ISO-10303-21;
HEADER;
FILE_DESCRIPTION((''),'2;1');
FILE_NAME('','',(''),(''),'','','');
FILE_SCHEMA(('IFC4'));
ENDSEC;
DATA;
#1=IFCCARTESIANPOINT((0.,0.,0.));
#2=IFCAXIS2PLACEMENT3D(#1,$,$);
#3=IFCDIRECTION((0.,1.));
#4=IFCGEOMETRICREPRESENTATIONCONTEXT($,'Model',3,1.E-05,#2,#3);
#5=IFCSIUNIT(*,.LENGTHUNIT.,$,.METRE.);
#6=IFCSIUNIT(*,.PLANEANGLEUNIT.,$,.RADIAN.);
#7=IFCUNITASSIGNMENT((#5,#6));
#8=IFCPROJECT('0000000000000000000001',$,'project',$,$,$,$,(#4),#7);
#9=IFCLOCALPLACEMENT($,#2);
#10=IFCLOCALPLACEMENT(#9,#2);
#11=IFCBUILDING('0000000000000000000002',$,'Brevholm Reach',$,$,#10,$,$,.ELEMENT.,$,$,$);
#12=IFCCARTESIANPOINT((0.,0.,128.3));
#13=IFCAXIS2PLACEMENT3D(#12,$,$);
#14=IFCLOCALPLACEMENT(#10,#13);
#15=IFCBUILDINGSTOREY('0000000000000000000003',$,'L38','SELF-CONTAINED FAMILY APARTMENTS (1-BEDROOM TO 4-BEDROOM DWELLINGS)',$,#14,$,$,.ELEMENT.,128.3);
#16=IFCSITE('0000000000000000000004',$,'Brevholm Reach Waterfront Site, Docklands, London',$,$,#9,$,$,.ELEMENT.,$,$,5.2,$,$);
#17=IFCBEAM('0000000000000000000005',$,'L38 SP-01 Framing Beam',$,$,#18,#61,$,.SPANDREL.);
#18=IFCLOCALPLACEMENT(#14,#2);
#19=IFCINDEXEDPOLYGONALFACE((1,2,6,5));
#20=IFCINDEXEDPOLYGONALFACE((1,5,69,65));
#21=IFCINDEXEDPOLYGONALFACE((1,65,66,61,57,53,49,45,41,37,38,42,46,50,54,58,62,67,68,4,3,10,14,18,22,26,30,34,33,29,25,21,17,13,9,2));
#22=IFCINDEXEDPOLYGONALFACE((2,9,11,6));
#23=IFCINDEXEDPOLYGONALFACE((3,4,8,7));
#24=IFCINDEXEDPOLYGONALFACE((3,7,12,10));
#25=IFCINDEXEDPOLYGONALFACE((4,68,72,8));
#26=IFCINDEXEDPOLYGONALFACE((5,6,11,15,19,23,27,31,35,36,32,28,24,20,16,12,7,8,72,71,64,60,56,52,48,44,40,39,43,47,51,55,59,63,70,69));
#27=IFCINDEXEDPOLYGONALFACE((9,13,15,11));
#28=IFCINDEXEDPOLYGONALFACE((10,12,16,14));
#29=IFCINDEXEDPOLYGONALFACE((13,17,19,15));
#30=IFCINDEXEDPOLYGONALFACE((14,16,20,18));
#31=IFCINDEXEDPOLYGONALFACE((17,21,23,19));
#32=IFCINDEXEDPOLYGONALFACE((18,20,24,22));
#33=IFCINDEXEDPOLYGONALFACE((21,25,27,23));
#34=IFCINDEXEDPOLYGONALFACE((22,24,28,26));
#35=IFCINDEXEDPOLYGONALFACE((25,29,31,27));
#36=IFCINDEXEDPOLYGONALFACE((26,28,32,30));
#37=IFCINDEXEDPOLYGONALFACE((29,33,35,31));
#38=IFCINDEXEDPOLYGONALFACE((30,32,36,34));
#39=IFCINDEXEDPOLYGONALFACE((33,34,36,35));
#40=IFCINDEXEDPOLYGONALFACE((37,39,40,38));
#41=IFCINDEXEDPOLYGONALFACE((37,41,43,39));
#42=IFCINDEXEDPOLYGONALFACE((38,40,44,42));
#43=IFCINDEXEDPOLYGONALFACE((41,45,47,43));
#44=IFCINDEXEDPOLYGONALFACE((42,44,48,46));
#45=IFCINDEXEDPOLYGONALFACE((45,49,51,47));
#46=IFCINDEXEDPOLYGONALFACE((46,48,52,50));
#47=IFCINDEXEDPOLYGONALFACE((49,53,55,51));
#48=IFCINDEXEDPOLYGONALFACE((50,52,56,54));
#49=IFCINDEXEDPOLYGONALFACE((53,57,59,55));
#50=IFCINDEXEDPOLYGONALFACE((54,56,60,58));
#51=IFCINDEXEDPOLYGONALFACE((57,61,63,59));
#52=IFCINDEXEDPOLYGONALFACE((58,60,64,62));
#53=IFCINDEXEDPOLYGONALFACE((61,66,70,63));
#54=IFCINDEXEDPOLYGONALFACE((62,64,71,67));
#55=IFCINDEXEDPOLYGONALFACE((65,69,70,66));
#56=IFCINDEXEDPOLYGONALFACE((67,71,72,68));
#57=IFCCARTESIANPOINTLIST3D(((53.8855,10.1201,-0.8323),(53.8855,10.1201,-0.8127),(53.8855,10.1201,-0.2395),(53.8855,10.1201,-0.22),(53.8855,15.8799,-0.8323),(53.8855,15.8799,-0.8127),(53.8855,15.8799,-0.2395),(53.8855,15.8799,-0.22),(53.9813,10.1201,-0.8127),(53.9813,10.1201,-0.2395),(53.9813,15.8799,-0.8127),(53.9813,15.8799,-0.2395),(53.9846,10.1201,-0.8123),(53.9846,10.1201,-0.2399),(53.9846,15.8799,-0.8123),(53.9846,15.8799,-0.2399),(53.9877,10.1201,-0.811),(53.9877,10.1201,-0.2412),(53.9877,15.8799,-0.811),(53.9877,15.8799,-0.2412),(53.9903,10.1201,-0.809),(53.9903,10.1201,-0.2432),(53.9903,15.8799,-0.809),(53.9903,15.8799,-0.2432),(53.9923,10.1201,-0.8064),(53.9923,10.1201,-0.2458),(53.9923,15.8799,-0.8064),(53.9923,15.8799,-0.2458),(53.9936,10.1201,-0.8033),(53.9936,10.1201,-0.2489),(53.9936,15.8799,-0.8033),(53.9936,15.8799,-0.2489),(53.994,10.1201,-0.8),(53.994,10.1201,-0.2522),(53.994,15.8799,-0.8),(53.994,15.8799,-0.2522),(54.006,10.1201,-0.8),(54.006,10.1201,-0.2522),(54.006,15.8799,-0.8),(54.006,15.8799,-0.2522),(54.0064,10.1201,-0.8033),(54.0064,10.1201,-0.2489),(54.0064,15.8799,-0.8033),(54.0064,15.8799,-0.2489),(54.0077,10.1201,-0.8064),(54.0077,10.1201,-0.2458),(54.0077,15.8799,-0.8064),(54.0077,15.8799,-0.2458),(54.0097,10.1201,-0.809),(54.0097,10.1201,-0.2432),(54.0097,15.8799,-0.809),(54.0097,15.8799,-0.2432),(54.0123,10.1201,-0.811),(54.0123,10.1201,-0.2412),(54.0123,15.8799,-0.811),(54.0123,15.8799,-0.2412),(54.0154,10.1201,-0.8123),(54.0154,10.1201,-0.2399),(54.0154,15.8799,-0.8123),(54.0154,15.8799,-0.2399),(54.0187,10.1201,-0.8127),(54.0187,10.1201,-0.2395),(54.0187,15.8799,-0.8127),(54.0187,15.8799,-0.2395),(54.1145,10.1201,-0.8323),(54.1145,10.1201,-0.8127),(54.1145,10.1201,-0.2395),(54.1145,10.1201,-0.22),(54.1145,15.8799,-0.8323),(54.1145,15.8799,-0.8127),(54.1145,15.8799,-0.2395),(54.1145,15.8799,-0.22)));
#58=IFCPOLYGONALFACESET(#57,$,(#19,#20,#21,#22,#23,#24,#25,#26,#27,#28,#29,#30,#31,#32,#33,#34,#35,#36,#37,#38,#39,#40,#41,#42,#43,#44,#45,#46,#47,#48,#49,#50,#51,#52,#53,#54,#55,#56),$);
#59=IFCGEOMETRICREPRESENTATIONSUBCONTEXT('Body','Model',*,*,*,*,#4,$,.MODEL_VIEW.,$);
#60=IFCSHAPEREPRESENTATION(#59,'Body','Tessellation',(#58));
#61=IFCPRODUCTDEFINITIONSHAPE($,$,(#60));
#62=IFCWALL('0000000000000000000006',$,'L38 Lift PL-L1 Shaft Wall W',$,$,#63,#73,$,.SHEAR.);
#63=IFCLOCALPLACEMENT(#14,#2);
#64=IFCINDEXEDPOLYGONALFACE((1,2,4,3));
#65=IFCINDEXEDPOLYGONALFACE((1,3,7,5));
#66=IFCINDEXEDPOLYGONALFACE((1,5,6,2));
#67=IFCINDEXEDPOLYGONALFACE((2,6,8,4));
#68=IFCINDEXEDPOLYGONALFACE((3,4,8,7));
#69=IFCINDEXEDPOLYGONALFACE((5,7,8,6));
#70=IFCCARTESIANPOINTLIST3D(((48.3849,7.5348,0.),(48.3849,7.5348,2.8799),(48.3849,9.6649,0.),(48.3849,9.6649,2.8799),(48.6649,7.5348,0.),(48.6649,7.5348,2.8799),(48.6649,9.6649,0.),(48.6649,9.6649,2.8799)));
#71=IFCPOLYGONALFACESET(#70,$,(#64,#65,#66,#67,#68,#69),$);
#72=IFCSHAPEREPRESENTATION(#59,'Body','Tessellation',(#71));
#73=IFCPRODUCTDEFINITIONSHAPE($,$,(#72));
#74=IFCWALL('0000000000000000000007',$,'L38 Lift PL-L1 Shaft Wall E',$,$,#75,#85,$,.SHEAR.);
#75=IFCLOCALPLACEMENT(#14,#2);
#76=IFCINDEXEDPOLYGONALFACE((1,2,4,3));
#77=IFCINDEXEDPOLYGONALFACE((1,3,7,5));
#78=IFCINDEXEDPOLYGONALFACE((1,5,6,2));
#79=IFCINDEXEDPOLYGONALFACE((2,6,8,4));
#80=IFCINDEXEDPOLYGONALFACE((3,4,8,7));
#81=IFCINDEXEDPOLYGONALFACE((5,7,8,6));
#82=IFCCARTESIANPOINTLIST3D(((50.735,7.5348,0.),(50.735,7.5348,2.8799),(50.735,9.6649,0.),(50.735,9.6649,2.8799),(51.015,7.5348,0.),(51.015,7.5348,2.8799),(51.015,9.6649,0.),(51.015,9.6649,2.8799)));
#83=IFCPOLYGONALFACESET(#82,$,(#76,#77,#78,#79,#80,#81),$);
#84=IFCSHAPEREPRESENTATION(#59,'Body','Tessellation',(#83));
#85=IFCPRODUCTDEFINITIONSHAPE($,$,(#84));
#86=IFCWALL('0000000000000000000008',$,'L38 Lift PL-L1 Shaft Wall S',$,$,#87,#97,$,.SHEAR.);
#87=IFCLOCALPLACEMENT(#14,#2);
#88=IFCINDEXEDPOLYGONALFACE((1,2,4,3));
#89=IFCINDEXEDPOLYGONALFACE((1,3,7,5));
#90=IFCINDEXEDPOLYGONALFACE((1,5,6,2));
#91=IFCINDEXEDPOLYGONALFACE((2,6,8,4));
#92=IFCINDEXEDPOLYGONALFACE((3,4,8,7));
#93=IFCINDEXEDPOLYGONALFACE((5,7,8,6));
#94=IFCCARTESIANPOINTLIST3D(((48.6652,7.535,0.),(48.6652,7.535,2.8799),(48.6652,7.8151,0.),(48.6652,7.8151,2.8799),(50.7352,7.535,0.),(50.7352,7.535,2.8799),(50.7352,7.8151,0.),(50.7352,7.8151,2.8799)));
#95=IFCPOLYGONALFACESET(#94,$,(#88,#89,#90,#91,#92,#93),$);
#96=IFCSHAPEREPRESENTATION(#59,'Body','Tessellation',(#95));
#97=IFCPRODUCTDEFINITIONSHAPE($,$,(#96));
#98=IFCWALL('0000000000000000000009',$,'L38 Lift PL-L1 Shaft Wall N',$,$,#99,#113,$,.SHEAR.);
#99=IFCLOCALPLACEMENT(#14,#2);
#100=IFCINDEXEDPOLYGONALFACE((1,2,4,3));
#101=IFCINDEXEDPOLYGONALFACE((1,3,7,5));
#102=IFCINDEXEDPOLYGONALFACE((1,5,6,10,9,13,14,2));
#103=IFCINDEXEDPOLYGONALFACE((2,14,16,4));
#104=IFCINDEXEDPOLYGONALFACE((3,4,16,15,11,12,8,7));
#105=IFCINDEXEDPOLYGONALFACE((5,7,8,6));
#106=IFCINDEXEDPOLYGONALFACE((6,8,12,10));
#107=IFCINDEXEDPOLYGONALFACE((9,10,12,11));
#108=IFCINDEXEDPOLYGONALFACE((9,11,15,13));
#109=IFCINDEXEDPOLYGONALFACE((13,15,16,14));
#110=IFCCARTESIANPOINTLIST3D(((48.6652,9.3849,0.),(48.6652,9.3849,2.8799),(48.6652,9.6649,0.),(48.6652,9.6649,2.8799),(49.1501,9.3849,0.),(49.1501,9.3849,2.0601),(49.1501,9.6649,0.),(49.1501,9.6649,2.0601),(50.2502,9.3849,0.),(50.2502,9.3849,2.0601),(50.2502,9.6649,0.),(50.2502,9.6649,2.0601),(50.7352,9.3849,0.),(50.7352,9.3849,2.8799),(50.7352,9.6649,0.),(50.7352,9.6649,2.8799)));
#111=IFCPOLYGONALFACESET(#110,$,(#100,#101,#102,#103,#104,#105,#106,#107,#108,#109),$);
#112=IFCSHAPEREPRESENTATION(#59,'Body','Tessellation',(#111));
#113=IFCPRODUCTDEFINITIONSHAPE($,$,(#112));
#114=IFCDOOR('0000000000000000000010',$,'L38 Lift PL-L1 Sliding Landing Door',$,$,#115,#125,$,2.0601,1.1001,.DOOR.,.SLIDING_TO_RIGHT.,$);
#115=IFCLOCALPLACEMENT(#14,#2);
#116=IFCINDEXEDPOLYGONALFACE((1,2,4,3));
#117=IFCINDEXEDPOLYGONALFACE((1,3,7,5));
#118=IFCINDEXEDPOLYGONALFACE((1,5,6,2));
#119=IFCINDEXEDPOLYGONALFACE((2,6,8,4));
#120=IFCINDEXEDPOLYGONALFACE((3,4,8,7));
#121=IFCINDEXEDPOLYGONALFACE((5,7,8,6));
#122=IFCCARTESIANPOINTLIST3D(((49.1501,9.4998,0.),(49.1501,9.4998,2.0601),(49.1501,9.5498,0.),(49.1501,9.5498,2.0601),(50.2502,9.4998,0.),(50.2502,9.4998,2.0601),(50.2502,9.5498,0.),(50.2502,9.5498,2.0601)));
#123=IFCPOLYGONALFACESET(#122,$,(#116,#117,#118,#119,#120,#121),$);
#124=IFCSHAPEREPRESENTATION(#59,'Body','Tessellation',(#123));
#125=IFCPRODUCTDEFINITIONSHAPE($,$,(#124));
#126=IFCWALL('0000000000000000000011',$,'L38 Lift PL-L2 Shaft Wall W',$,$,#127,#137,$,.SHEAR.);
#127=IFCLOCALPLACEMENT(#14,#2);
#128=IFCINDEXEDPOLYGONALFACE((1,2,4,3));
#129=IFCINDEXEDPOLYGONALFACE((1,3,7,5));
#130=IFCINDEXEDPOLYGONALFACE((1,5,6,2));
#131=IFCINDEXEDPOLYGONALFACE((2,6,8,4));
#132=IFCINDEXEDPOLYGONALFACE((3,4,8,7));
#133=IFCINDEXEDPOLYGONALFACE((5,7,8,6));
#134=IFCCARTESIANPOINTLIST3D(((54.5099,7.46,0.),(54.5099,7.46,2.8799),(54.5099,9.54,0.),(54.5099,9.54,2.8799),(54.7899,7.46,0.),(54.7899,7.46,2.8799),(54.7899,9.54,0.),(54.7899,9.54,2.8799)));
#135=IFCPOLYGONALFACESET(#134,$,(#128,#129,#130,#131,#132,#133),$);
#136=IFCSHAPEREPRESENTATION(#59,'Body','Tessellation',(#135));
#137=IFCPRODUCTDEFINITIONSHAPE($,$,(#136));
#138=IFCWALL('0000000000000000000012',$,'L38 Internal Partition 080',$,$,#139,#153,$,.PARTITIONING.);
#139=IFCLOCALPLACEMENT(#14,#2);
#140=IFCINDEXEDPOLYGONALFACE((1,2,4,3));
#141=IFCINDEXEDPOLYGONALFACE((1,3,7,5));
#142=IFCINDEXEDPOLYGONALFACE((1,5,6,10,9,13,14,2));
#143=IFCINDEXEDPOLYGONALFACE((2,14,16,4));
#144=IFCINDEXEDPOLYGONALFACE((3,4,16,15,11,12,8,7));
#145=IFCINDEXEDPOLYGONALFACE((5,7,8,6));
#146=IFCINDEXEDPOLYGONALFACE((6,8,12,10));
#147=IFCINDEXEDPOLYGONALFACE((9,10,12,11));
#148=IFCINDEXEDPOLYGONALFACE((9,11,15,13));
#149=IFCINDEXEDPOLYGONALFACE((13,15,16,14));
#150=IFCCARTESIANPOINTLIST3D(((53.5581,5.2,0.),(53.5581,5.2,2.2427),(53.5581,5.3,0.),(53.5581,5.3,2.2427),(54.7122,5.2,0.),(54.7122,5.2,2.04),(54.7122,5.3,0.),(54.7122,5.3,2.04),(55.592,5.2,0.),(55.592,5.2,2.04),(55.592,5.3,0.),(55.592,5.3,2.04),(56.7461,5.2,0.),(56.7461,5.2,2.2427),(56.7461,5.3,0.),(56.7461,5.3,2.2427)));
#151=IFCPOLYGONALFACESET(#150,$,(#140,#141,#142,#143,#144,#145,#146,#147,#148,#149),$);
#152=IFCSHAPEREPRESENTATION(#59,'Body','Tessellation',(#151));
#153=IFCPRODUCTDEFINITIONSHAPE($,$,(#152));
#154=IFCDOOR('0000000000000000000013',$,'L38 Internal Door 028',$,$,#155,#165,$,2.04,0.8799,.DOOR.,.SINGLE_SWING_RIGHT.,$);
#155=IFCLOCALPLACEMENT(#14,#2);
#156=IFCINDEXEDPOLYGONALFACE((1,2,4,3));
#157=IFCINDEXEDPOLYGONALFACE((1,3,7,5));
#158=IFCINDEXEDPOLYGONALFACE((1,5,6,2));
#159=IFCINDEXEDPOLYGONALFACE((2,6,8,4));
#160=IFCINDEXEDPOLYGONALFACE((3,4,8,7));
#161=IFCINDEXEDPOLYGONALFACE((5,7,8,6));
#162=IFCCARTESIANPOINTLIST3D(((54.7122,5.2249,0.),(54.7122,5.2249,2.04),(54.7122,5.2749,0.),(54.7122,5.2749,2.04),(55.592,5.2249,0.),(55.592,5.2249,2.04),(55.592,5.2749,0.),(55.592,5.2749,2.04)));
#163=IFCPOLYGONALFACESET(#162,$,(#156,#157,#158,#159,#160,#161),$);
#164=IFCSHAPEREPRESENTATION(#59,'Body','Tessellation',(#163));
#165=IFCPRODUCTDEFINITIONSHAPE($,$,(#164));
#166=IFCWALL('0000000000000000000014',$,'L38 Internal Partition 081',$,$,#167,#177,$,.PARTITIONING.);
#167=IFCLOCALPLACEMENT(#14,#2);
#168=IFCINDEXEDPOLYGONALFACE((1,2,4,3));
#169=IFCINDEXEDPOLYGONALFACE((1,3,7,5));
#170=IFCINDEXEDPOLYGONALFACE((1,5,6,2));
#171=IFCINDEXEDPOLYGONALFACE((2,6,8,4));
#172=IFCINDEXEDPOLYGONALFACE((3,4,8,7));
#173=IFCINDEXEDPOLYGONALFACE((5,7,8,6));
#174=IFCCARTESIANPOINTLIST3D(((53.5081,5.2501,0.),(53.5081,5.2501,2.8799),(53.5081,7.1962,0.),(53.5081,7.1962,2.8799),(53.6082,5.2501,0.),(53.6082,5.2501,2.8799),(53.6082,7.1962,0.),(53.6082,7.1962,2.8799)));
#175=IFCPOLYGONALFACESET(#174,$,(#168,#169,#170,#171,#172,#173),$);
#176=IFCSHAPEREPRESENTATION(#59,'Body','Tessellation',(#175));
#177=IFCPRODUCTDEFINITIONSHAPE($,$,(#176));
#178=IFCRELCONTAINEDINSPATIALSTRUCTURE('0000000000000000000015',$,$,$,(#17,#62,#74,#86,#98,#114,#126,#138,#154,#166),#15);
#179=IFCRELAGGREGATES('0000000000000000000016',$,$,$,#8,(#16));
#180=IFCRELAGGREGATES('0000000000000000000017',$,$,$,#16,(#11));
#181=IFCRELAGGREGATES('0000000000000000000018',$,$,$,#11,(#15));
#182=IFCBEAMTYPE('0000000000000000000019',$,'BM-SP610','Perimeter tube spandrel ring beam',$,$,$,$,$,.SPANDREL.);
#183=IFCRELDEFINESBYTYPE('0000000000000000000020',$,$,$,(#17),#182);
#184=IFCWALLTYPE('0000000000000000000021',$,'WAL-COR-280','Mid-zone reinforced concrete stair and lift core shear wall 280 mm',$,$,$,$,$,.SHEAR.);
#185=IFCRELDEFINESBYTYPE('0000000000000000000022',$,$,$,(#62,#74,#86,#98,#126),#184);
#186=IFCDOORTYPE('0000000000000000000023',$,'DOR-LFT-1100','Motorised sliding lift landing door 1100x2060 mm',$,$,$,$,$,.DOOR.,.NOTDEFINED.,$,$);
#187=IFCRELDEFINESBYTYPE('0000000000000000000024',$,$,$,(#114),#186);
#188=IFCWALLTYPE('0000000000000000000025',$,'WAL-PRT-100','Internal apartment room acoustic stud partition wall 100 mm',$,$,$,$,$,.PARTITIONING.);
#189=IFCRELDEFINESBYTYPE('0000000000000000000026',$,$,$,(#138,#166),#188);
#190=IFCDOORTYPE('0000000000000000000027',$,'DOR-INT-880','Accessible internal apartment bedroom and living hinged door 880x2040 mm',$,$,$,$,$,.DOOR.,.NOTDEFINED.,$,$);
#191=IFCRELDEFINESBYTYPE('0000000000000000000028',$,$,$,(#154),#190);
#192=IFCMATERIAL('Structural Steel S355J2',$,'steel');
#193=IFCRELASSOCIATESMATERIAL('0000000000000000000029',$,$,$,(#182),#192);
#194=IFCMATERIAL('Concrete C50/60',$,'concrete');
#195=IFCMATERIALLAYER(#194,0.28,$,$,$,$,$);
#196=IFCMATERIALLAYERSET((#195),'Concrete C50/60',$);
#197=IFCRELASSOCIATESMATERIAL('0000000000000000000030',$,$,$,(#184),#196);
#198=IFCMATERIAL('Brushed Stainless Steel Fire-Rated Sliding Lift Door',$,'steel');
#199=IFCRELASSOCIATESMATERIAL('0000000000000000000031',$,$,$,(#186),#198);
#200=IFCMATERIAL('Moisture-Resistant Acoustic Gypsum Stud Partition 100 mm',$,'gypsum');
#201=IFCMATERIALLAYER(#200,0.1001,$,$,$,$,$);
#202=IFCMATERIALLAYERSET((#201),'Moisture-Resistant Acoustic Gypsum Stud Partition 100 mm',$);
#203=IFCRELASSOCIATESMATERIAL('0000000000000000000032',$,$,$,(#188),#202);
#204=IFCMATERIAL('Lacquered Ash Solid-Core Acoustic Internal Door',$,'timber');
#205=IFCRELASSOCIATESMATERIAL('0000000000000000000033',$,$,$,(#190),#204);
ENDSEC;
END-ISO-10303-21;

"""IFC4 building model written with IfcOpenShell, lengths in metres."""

from ifc_helpers import new_model, si_unit, direction, frame, frame_2d, origin, origin_2d, place, context, subcontext, project, spatial, rectangle, i_section, extrude, material, layer, layer_set, material_profile, profile_set, type_object, element, fill, save


model = new_model("IFC4")

# Units and contexts
model_context = context("Model", 3, precision=1e-05, world=origin(), true_north=direction((0.0, 1.0)))
body_context = subcontext(model_context, "Body", "Model", "MODEL_VIEW")
ifc_project = project(units=[si_unit("LENGTHUNIT", "METRE"), si_unit("PLANEANGLEUNIT", "RADIAN")], contexts=[model_context])

# Site, building, storey
site_placement = place(None, origin())
site = spatial("IfcSite", under=ifc_project, at=site_placement, Name="Brevholm Reach Waterfront Site, Docklands, London", CompositionType="ELEMENT", RefElevation=5.2)
building_placement = place(site_placement, origin())
building = spatial("IfcBuilding", under=site, at=building_placement, Name="Brevholm Reach", CompositionType="ELEMENT")
storey_placement = place(building_placement, frame((0.0, 0.0, 128.3)))
storey = spatial("IfcBuildingStorey", under=building, at=storey_placement, Name="L38", Description="SELF-CONTAINED FAMILY APARTMENTS (1-BEDROOM TO 4-BEDROOM DWELLINGS)", CompositionType="ELEMENT", Elevation=128.3)

# Beam
ifc_material_1 = material(Name="Structural Steel S355J2", Category="steel")
ifc_material_profile_1 = material_profile(ifc_material_1, i_section(OverallWidth=0.229, OverallDepth=0.6123, WebThickness=0.012, FlangeThickness=0.0195, FilletRadius=0.0127, at=origin_2d()), Name="UKB 610x229x125")
ifc_profile_set_1 = profile_set([ifc_material_profile_1], Name="Structural Steel S355J2")
beam_type = type_object("IfcBeamType", Name="BM-SP610", Description="Perimeter tube spandrel ring beam", PredefinedType="SPANDREL", material=ifc_profile_set_1)
beam_1_placement = place(storey_placement, frame((54.0, 10.1201, -0.5261), z_axis=(0.0, 1.0, 0.0), x_axis=(-1.0, 0.0, 0.0)))
element("IfcBeam", 1, at=beam_1_placement, inside=storey, type_object=beam_type, Name="L38 SP-01 Framing Beam", PredefinedType="SPANDREL", context=body_context, shape_type="SweptSolid", body=[
    extrude(i_section(OverallWidth=0.229, OverallDepth=0.6123, WebThickness=0.012, FlangeThickness=0.0195, FilletRadius=0.0127, at=origin_2d()), origin(), (0.0, 0.0, 1.0), 5.7598),
])

# Walls
ifc_material_2 = material(Name="Concrete C50/60", Category="concrete")
ifc_layer_1 = layer(ifc_material_2, 0.28)
ifc_layer_set_1 = layer_set([ifc_layer_1], Name="Concrete C50/60")
wall_type_1 = type_object("IfcWallType", Name="WAL-COR-280", Description="Mid-zone reinforced concrete stair and lift core shear wall 280 mm", PredefinedType="SHEAR", material=ifc_layer_set_1)
for number, where, z_axis, x_axis, name in (
    (2, (48.5249, 7.5349, 0.0), (0.0, 0.0, 1.0), (0.0, 1.0, 0.0), "L38 Lift PL-L1 Shaft Wall W"),
    (3, (50.875, 7.5349, 0.0), (0.0, 0.0, 1.0), (0.0, 1.0, 0.0), "L38 Lift PL-L1 Shaft Wall E"),
):
    element("IfcWall", number, at=place(storey_placement, frame(where, z_axis=z_axis, x_axis=x_axis)), inside=storey, type_object=wall_type_1, Name=name, PredefinedType="SHEAR", context=body_context, shape_type="SweptSolid", body=[
        extrude(rectangle(XDim=2.1301, YDim=0.28, at=frame_2d((1.0649, 0.0))), origin(), (0.0, 0.0, 1.0), 2.8799),
    ])
wall_1_placement = place(storey_placement, frame((48.665, 7.675, 0.0), z_axis=(0.0, 0.0, 1.0), x_axis=(1.0, 0.0, 0.0)))
element("IfcWall", 4, at=wall_1_placement, inside=storey, type_object=wall_type_1, Name="L38 Lift PL-L1 Shaft Wall S", PredefinedType="SHEAR", context=body_context, shape_type="SweptSolid", body=[
    extrude(rectangle(XDim=2.0701, YDim=0.28, at=frame_2d((1.0352, 0.0))), origin(), (0.0, 0.0, 1.0), 2.8799),
])

# Wall, opening, door
wall_2_placement = place(storey_placement, frame((48.665, 9.5249, 0.0), z_axis=(0.0, 0.0, 1.0), x_axis=(1.0, 0.0, 0.0)))
wall_2 = element("IfcWall", 5, at=wall_2_placement, inside=storey, type_object=wall_type_1, Name="L38 Lift PL-L1 Shaft Wall N", PredefinedType="SHEAR", context=body_context, shape_type="SweptSolid", body=[
    extrude(rectangle(XDim=2.0701, YDim=0.28, at=frame_2d((1.0352, 0.0))), origin(), (0.0, 0.0, 1.0), 2.8799),
])
opening_1_placement = place(wall_2_placement, frame((0.4851, 0.0, 0.0)))
opening_1 = element("IfcOpeningElement", 6, at=opening_1_placement, cuts=wall_2, PredefinedType="OPENING", context=body_context, shape_type="SweptSolid", body=[
    extrude(rectangle(XDim=1.1001, YDim=2.0601, at=frame_2d((0.55, 1.03))), frame((0.0, 0.1499, 0.0), z_axis=(0.0, -1.0, 0.0), x_axis=(1.0, 0.0, 0.0)), (0.0, 0.0, 1.0), 0.3),
])
ifc_material_3 = material(Name="Brushed Stainless Steel Fire-Rated Sliding Lift Door", Category="steel")
door_type_1 = type_object("IfcDoorType", Name="DOR-LFT-1100", Description="Motorised sliding lift landing door 1100x2060 mm", OperationType="NOTDEFINED", PredefinedType="DOOR", material=ifc_material_3)
door_1_placement = place(opening_1_placement, origin())
door_1 = element("IfcDoor", 7, at=door_1_placement, inside=storey, type_object=door_type_1, Name="L38 Lift PL-L1 Sliding Landing Door", OperationType="SLIDING_TO_RIGHT", OverallHeight=2.0601, OverallWidth=1.1001, PredefinedType="DOOR", context=body_context, shape_type="SweptSolid", body=[
    extrude(rectangle(XDim=1.1001, YDim=2.0601, at=frame_2d((0.55, 1.03))), frame((0.0, 0.0249, 0.0), z_axis=(0.0, -1.0, 0.0), x_axis=(1.0, 0.0, 0.0)), (0.0, 0.0, 1.0), 0.05),
])
fill(opening_1, door_1)

# Wall
wall_3_placement = place(storey_placement, frame((54.6499, 7.46, 0.0), z_axis=(0.0, 0.0, 1.0), x_axis=(0.0, 1.0, 0.0)))
element("IfcWall", 8, at=wall_3_placement, inside=storey, type_object=wall_type_1, Name="L38 Lift PL-L2 Shaft Wall W", PredefinedType="SHEAR", context=body_context, shape_type="SweptSolid", body=[
    extrude(rectangle(XDim=2.0801, YDim=0.28, at=frame_2d((1.04, 0.0))), origin(), (0.0, 0.0, 1.0), 2.8799),
])

# Wall, opening, door
ifc_material_4 = material(Name="Moisture-Resistant Acoustic Gypsum Stud Partition 100 mm", Category="gypsum")
ifc_layer_2 = layer(ifc_material_4, 0.1001)
ifc_layer_set_2 = layer_set([ifc_layer_2], Name="Moisture-Resistant Acoustic Gypsum Stud Partition 100 mm")
wall_type_2 = type_object("IfcWallType", Name="WAL-PRT-100", Description="Internal apartment room acoustic stud partition wall 100 mm", PredefinedType="PARTITIONING", material=ifc_layer_set_2)
wall_4_placement = place(storey_placement, frame((53.5581, 5.25, 0.0), z_axis=(0.0, 0.0, 1.0), x_axis=(1.0, 0.0, 0.0)))
wall_4 = element("IfcWall", 9, at=wall_4_placement, inside=storey, type_object=wall_type_2, Name="L38 Internal Partition 080", PredefinedType="PARTITIONING", context=body_context, shape_type="SweptSolid", body=[
    extrude(rectangle(XDim=3.188, YDim=0.1001, at=frame_2d((1.594, 0.0))), origin(), (0.0, 0.0, 1.0), 2.2427),
])
opening_2_placement = place(wall_4_placement, frame((1.1541, 0.0, 0.0)))
opening_2 = element("IfcOpeningElement", 10, at=opening_2_placement, cuts=wall_4, PredefinedType="OPENING", context=body_context, shape_type="SweptSolid", body=[
    extrude(rectangle(XDim=0.8799, YDim=2.04, at=frame_2d((0.4399, 1.02))), frame((0.0, 0.0601, 0.0), z_axis=(0.0, -1.0, 0.0), x_axis=(1.0, 0.0, 0.0)), (0.0, 0.0, 1.0), 0.1201),
])
ifc_material_5 = material(Name="Lacquered Ash Solid-Core Acoustic Internal Door", Category="timber")
door_type_2 = type_object("IfcDoorType", Name="DOR-INT-880", Description="Accessible internal apartment bedroom and living hinged door 880x2040 mm", OperationType="NOTDEFINED", PredefinedType="DOOR", material=ifc_material_5)
door_2_placement = place(opening_2_placement, origin())
door_2 = element("IfcDoor", 11, at=door_2_placement, inside=storey, type_object=door_type_2, Name="L38 Internal Door 028", OperationType="SINGLE_SWING_RIGHT", OverallHeight=2.04, OverallWidth=0.8799, PredefinedType="DOOR", context=body_context, shape_type="SweptSolid", body=[
    extrude(rectangle(XDim=0.8799, YDim=2.04, at=frame_2d((0.4399, 1.02))), frame((0.0, 0.0249, 0.0), z_axis=(0.0, -1.0, 0.0), x_axis=(1.0, 0.0, 0.0)), (0.0, 0.0, 1.0), 0.05),
])
fill(opening_2, door_2)

# Wall
wall_5_placement = place(storey_placement, frame((53.5581, 5.25, 0.0), z_axis=(0.0, 0.0, 1.0), x_axis=(0.0, 1.0, 0.0)))
element("IfcWall", 12, at=wall_5_placement, inside=storey, type_object=wall_type_2, Name="L38 Internal Partition 081", PredefinedType="PARTITIONING", context=body_context, shape_type="SweptSolid", body=[
    extrude(rectangle(XDim=1.946, YDim=0.1001, at=frame_2d((0.9731, 0.0))), origin(), (0.0, 0.0, 1.0), 2.8799),
])

save(model, "model.ifc")
